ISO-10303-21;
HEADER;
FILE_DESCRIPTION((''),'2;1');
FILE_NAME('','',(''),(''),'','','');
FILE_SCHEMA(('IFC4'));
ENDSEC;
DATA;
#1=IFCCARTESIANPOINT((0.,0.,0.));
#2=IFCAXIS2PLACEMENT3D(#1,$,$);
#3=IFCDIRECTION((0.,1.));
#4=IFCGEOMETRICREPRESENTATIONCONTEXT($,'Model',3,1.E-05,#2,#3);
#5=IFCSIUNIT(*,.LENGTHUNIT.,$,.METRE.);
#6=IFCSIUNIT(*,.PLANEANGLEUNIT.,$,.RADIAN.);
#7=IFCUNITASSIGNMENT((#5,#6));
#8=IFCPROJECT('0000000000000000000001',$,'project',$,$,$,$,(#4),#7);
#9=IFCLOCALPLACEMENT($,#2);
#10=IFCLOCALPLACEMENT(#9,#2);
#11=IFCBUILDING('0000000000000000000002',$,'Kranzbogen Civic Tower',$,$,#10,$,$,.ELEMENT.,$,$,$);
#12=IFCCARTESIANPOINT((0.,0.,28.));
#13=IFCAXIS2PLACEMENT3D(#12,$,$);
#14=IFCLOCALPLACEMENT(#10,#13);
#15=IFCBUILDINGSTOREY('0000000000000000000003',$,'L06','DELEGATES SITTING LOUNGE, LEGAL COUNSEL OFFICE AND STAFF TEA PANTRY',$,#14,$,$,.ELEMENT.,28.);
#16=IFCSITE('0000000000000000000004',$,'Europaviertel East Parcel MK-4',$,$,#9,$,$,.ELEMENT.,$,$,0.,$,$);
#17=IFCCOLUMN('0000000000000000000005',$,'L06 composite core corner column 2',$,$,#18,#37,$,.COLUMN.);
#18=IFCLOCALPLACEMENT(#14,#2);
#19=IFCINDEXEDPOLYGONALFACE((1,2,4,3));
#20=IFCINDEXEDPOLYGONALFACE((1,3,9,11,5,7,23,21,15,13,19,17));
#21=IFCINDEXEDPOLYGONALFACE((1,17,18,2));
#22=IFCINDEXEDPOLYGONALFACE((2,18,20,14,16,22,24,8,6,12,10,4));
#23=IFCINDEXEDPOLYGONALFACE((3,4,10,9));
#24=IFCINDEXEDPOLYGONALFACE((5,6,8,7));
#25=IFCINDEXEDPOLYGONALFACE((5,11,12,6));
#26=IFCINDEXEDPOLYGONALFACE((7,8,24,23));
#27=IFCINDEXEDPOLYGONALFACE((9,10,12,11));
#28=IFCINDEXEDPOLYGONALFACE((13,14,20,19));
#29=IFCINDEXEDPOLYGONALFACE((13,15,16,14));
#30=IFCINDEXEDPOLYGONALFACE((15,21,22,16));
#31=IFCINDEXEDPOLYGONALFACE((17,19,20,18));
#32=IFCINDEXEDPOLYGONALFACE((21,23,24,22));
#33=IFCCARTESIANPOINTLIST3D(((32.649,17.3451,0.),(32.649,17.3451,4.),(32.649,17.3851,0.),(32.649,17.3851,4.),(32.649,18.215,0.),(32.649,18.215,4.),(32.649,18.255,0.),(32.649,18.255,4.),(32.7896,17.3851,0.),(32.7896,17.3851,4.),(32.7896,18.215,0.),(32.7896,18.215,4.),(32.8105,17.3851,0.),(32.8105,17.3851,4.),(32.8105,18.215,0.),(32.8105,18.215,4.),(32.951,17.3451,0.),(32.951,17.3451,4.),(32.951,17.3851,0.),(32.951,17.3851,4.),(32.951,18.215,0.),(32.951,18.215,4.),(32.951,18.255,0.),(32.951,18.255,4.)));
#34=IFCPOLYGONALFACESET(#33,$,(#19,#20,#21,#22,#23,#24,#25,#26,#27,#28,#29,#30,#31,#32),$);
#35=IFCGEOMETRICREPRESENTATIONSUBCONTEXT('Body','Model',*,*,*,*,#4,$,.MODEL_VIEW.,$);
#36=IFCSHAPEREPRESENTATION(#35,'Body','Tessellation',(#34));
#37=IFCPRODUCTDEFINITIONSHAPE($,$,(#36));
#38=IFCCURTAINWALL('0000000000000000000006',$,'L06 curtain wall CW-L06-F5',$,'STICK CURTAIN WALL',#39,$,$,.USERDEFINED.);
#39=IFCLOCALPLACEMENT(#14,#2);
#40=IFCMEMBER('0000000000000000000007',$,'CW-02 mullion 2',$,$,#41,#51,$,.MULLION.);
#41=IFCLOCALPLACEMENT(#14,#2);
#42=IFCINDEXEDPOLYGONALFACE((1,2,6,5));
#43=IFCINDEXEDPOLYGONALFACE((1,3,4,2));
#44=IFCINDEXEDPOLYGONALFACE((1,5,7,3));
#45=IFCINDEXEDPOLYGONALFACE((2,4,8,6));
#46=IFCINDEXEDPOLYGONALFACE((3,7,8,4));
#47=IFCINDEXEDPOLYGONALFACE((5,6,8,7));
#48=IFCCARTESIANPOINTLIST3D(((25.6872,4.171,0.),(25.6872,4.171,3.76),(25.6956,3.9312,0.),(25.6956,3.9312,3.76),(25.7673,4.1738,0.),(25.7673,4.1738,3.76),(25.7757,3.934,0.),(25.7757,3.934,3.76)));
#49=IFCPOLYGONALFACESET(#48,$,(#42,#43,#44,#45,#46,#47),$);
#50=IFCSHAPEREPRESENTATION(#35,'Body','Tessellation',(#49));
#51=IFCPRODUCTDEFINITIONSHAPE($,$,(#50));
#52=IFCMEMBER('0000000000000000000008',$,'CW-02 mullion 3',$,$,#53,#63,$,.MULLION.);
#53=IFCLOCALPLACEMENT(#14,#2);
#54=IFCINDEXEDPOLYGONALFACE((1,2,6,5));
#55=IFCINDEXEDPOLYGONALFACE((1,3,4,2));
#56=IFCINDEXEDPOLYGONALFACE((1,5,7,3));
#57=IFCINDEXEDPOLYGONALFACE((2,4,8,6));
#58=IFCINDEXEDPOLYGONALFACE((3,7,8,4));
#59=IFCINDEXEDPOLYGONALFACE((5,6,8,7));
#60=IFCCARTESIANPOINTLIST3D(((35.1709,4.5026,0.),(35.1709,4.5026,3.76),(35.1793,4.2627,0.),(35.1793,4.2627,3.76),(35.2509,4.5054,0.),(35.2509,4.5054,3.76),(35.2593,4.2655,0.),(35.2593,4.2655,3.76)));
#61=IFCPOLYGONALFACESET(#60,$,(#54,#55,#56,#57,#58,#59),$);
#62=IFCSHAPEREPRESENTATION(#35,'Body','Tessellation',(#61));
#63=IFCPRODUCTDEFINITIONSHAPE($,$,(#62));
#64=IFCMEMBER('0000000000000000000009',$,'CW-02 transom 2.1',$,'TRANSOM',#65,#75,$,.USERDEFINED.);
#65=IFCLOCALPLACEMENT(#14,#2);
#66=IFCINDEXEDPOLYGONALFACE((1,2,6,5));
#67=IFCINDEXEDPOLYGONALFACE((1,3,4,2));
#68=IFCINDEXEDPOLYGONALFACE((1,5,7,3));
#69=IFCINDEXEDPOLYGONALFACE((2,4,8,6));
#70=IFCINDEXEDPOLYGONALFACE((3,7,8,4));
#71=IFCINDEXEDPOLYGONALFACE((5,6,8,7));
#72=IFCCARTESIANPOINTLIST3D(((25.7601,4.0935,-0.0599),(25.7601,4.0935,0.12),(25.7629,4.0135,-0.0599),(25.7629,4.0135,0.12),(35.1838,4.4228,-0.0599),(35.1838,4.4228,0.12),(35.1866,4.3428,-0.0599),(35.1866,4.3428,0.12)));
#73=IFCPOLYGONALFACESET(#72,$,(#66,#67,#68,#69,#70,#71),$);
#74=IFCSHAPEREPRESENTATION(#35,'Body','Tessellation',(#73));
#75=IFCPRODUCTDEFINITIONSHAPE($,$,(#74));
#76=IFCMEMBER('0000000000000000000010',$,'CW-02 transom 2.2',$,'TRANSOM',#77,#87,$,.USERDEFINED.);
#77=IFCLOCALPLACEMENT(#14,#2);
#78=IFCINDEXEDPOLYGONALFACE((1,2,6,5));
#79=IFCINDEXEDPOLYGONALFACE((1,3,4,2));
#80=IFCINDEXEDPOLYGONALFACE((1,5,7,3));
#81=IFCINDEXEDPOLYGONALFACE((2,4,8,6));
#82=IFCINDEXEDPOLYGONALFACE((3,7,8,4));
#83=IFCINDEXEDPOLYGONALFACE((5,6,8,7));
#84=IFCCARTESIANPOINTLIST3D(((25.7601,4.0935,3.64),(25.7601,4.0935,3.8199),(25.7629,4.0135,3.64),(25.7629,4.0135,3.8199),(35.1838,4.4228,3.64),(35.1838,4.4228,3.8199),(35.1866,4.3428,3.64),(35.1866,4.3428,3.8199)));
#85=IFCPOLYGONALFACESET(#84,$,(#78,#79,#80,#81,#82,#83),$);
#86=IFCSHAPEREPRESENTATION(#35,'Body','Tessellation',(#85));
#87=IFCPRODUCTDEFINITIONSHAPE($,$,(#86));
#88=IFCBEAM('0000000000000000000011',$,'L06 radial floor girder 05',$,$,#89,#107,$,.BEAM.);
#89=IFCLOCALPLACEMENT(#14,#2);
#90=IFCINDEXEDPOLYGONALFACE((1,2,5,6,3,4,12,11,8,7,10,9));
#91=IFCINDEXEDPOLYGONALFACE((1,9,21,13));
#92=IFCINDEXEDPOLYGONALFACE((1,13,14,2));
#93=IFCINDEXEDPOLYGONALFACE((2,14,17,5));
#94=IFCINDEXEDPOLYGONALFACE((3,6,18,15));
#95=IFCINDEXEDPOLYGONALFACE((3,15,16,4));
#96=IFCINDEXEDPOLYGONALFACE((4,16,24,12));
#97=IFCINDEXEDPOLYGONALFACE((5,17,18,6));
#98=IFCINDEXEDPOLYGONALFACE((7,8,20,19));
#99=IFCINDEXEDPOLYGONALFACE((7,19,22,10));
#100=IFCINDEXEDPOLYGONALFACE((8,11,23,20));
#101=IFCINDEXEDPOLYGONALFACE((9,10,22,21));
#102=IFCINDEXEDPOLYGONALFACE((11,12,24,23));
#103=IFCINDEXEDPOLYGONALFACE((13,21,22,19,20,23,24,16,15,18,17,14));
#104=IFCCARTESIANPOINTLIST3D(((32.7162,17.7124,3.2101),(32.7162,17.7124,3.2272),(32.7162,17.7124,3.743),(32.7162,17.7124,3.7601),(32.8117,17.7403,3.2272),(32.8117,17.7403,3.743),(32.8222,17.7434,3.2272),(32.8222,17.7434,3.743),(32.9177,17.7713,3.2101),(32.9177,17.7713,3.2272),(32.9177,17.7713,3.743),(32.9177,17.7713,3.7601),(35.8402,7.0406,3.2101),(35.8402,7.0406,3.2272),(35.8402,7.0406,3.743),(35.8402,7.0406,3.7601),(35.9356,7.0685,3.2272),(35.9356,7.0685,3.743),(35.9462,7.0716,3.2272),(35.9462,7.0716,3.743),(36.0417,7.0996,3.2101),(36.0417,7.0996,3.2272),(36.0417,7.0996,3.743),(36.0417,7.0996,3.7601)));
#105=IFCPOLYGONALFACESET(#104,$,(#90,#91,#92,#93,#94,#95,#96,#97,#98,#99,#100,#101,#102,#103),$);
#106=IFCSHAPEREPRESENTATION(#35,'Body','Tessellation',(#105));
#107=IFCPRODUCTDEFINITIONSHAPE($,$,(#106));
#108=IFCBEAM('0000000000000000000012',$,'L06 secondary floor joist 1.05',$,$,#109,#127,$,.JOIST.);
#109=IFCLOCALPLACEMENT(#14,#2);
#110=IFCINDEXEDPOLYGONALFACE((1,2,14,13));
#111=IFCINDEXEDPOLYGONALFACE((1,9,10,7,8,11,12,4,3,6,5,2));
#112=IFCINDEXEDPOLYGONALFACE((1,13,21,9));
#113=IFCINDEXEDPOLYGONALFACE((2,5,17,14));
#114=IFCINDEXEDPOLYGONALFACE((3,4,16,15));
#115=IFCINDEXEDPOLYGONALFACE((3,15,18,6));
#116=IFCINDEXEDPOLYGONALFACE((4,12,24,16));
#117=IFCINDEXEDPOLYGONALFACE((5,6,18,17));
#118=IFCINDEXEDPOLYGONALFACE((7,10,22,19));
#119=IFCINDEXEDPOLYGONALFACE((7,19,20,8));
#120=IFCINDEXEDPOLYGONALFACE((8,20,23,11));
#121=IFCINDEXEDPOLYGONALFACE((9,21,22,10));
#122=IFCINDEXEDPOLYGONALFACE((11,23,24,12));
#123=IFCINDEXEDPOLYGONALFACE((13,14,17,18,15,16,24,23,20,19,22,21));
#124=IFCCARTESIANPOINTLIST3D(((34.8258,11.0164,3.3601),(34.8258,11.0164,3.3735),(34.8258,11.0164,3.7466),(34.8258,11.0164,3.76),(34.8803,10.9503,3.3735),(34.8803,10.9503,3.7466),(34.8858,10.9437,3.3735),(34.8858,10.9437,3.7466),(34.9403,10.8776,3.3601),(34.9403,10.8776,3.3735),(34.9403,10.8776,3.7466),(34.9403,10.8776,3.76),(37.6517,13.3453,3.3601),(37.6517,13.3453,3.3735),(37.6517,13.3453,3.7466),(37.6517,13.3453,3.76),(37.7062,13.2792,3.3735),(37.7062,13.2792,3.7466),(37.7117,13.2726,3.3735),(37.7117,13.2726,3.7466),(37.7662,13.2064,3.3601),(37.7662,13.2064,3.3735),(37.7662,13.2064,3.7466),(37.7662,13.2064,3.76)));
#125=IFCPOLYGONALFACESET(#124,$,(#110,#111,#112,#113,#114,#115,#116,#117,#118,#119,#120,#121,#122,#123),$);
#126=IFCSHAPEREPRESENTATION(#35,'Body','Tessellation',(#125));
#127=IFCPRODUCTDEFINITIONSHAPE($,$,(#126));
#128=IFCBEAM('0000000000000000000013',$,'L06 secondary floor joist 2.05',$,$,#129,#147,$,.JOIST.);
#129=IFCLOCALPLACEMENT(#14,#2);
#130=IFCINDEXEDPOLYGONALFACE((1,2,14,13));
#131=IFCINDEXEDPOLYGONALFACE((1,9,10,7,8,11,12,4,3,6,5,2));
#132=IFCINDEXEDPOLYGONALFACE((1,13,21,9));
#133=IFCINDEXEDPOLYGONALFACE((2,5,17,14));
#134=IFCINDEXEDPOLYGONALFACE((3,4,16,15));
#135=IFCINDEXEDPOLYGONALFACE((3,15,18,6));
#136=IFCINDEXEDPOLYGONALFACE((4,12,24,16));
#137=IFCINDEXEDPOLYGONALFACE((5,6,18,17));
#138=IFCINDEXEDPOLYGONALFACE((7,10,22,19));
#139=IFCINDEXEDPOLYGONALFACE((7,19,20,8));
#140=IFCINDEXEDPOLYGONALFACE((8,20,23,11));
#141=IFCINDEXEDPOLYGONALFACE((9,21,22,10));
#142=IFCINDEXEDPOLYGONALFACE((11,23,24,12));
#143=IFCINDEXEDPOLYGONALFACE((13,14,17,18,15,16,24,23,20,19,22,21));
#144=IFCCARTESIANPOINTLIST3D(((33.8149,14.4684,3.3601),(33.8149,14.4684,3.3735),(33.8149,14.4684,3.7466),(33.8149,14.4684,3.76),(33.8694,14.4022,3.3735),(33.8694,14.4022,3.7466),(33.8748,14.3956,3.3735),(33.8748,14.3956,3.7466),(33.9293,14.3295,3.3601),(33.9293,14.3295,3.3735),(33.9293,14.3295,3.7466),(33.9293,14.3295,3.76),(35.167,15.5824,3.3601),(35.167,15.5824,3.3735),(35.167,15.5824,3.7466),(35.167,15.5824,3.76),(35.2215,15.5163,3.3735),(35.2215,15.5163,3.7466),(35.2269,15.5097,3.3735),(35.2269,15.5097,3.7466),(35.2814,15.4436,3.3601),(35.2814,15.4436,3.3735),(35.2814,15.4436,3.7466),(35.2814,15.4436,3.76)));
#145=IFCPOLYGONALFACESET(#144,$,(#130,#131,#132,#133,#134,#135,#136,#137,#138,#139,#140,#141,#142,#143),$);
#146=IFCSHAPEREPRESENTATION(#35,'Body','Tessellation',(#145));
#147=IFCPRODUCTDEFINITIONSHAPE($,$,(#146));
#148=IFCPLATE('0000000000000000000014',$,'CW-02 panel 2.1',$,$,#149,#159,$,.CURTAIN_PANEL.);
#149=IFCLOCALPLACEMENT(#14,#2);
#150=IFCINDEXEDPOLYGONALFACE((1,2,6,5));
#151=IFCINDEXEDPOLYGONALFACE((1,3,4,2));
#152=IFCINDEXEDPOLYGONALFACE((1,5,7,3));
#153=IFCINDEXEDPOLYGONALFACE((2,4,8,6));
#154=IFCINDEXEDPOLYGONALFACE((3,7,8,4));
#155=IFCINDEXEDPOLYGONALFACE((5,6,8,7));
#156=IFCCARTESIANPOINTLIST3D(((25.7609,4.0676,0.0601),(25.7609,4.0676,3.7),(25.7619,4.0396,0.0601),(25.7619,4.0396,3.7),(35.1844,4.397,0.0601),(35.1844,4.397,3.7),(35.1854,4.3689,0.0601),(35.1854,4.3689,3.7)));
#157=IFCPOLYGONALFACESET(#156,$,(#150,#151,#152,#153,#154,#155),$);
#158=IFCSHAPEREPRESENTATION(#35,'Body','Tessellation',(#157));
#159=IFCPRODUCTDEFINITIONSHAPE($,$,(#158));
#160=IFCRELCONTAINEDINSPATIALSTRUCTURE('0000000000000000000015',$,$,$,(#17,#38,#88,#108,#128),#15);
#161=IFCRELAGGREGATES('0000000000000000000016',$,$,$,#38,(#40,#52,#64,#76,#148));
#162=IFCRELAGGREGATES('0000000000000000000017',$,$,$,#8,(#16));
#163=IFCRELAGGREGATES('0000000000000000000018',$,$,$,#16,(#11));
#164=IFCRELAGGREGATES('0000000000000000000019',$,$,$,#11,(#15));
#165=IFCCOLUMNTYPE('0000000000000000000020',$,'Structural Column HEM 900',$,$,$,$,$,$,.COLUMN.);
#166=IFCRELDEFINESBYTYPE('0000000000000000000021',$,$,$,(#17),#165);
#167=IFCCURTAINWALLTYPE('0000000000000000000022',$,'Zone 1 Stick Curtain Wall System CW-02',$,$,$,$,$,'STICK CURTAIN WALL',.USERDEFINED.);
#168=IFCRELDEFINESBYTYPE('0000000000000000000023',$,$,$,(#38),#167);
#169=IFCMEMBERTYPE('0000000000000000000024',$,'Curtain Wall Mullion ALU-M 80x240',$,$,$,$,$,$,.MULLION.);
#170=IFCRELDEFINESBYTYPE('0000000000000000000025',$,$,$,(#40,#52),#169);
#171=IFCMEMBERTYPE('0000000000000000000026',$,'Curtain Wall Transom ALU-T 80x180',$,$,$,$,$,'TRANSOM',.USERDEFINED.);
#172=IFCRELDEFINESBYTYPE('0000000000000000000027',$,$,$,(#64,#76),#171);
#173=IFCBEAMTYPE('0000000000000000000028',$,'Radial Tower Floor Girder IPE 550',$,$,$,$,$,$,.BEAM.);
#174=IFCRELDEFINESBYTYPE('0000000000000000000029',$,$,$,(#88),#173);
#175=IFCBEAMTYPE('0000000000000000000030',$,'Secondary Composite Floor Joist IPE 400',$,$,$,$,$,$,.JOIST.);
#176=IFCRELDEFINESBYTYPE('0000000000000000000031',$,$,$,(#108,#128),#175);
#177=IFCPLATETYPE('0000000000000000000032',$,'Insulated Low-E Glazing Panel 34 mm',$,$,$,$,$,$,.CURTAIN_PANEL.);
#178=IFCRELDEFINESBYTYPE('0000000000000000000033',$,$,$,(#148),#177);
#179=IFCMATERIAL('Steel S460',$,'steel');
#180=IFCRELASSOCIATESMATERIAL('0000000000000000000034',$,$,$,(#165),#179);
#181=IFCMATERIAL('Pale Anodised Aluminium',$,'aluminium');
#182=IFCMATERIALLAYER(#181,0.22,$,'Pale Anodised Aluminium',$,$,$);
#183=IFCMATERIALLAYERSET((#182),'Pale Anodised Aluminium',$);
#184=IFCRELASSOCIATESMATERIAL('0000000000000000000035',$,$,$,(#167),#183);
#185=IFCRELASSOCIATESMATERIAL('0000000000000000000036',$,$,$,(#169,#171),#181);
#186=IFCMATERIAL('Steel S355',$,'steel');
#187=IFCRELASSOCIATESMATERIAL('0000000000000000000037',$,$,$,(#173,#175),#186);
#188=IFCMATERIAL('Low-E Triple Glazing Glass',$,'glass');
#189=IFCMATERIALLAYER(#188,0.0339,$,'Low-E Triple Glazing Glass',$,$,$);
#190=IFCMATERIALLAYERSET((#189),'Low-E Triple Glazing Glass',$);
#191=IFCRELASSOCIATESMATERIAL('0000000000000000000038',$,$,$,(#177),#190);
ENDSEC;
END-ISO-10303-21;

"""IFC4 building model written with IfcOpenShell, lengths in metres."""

from ifc_helpers import new_model, si_unit, direction, frame, origin, origin_2d, place, context, subcontext, project, spatial, rectangle, i_section, extrude, material, layer, layer_set, material_profile, profile_set, type_object, element, aggregate, save


model = new_model("IFC4")

# Units and contexts
model_context = context("Model", 3, precision=1e-05, world=origin(), true_north=direction((0.0, 1.0)))
body_context = subcontext(model_context, "Body", "Model", "MODEL_VIEW")
ifc_project = project(units=[si_unit("LENGTHUNIT", "METRE"), si_unit("PLANEANGLEUNIT", "RADIAN")], contexts=[model_context])

# Site, building, storey
site_placement = place(None, origin())
site = spatial("IfcSite", under=ifc_project, at=site_placement, Name="Europaviertel East Parcel MK-4", CompositionType="ELEMENT", RefElevation=0.0)
building_placement = place(site_placement, origin())
building = spatial("IfcBuilding", under=site, at=building_placement, Name="Kranzbogen Civic Tower", CompositionType="ELEMENT")
storey_placement = place(building_placement, frame((0.0, 0.0, 28.0)))
storey = spatial("IfcBuildingStorey", under=building, at=storey_placement, Name="L06", Description="DELEGATES SITTING LOUNGE, LEGAL COUNSEL OFFICE AND STAFF TEA PANTRY", CompositionType="ELEMENT", Elevation=28.0)

# Column
ifc_material_1 = material(Name="Steel S460", Category="steel")
ifc_material_profile_1 = material_profile(ifc_material_1, i_section(OverallWidth=0.302, OverallDepth=0.9099, WebThickness=0.021, FlangeThickness=0.04, at=origin_2d()), Name="HEM 900")
ifc_profile_set_1 = profile_set([ifc_material_profile_1], Name="Steel S460")
column_type = type_object("IfcColumnType", Name="Structural Column HEM 900", PredefinedType="COLUMN", material=ifc_profile_set_1)
column_placement = place(storey_placement, frame((32.8, 17.8, 0.0), z_axis=(0.0, 0.0, 1.0), x_axis=(1.0, 0.0, 0.0)))
element("IfcColumn", 1, at=column_placement, inside=storey, type_object=column_type, Name="L06 composite core corner column 2", PredefinedType="COLUMN", context=body_context, shape_type="SweptSolid", body=[
    extrude(i_section(OverallWidth=0.302, OverallDepth=0.9099, WebThickness=0.021, FlangeThickness=0.04, at=origin_2d()), origin(), (0.0, 0.0, 1.0), 4.0),
])

# Curtain wall, members
ifc_material_2 = material(Name="Pale Anodised Aluminium", Category="aluminium")
ifc_layer_1 = layer(ifc_material_2, 0.22, Name="Pale Anodised Aluminium")
ifc_layer_set_1 = layer_set([ifc_layer_1], Name="Pale Anodised Aluminium")
curtain_wall_type = type_object("IfcCurtainWallType", Name="Zone 1 Stick Curtain Wall System CW-02", ElementType="STICK CURTAIN WALL", PredefinedType="USERDEFINED", material=ifc_layer_set_1)
curtain_wall_placement = place(storey_placement, origin())
curtain_wall = element("IfcCurtainWall", 2, at=curtain_wall_placement, inside=storey, type_object=curtain_wall_type, Name="L06 curtain wall CW-L06-F5", ObjectType="STICK CURTAIN WALL", PredefinedType="USERDEFINED")
ifc_material_profile_2 = material_profile(ifc_material_2, rectangle(XDim=0.0801, YDim=0.24, at=origin_2d()), Name="ALU-M 80x240")
ifc_profile_set_2 = profile_set([ifc_material_profile_2], Name="Pale Anodised Aluminium")
member_type_1 = type_object("IfcMemberType", Name="Curtain Wall Mullion ALU-M 80x240", PredefinedType="MULLION", material=ifc_profile_set_2)
member_1_placement = place(storey_placement, frame((25.7314, 4.0525, 0.0), z_axis=(0.0, 0.0, 1.0), x_axis=(0.99939, 0.034929, 0.0)))
member_1 = element("IfcMember", 3, at=member_1_placement, type_object=member_type_1, Name="CW-02 mullion 2", PredefinedType="MULLION", context=body_context, shape_type="SweptSolid", body=[
    extrude(rectangle(XDim=0.0801, YDim=0.24, at=origin_2d()), origin(), (0.0, 0.0, 1.0), 3.76),
])
member_2_placement = place(storey_placement, frame((35.2151, 4.384, 0.0), z_axis=(0.0, 0.0, 1.0), x_axis=(0.99939, 0.034929, 0.0)))
member_2 = element("IfcMember", 4, at=member_2_placement, type_object=member_type_1, Name="CW-02 mullion 3", PredefinedType="MULLION", context=body_context, shape_type="SweptSolid", body=[
    extrude(rectangle(XDim=0.0801, YDim=0.24, at=origin_2d()), origin(), (0.0, 0.0, 1.0), 3.76),
])
ifc_material_profile_3 = material_profile(ifc_material_2, rectangle(XDim=0.0801, YDim=0.1799, at=origin_2d()), Name="ALU-T 80x180")
ifc_profile_set_3 = profile_set([ifc_material_profile_3], Name="Pale Anodised Aluminium")
member_type_2 = type_object("IfcMemberType", Name="Curtain Wall Transom ALU-T 80x180", ElementType="TRANSOM", PredefinedType="USERDEFINED", material=ifc_profile_set_3)
member_3_placement = place(storey_placement, frame((25.7615, 4.0535, 0.03), z_axis=(0.99939, 0.034928, 0.0), x_axis=(-0.034928, 0.99939, 0.0)))
member_3 = element("IfcMember", 5, at=member_3_placement, type_object=member_type_2, Name="CW-02 transom 2.1", ObjectType="TRANSOM", PredefinedType="USERDEFINED", context=body_context, shape_type="SweptSolid", body=[
    extrude(rectangle(XDim=0.0801, YDim=0.1799, at=origin_2d()), origin(), (0.0, 0.0, 1.0), 9.4294),
])
member_4_placement = place(storey_placement, frame((25.7615, 4.0535, 3.73), z_axis=(0.99939, 0.034928, 0.0), x_axis=(-0.034928, 0.99939, 0.0)))
member_4 = element("IfcMember", 6, at=member_4_placement, type_object=member_type_2, Name="CW-02 transom 2.2", ObjectType="TRANSOM", PredefinedType="USERDEFINED", context=body_context, shape_type="SweptSolid", body=[
    extrude(rectangle(XDim=0.0801, YDim=0.1799, at=origin_2d()), origin(), (0.0, 0.0, 1.0), 9.4294),
])

# Beams
ifc_material_3 = material(Name="Steel S355", Category="steel")
ifc_material_profile_4 = material_profile(ifc_material_3, i_section(OverallWidth=0.21, OverallDepth=0.55, WebThickness=0.011, FlangeThickness=0.0171, at=origin_2d()), Name="IPE 550")
ifc_profile_set_4 = profile_set([ifc_material_profile_4], Name="Steel S355")
beam_type_1 = type_object("IfcBeamType", Name="Radial Tower Floor Girder IPE 550", PredefinedType="BEAM", material=ifc_profile_set_4)
beam_1_placement = place(storey_placement, frame((35.9409, 7.0701, 3.4851), z_axis=(-0.280944, 0.959724, 0.0), x_axis=(-0.959724, -0.280944, 0.0)))
element("IfcBeam", 7, at=beam_1_placement, inside=storey, type_object=beam_type_1, Name="L06 radial floor girder 05", PredefinedType="BEAM", context=body_context, shape_type="SweptSolid", body=[
    extrude(i_section(OverallWidth=0.21, OverallDepth=0.55, WebThickness=0.011, FlangeThickness=0.0171, at=origin_2d()), origin(), (0.0, 0.0, 1.0), 11.1196),
])
ifc_material_profile_5 = material_profile(ifc_material_3, i_section(OverallWidth=0.1799, OverallDepth=0.3999, WebThickness=0.0085, FlangeThickness=0.0134, at=origin_2d()), Name="IPE 400")
ifc_profile_set_5 = profile_set([ifc_material_profile_5], Name="Steel S355")
beam_type_2 = type_object("IfcBeamType", Name="Secondary Composite Floor Joist IPE 400", PredefinedType="JOIST", material=ifc_profile_set_5)
beam_2_placement = place(storey_placement, frame((34.8831, 10.947, 3.5601), z_axis=(0.771713, 0.635971, 0.0), x_axis=(-0.635971, 0.771713, 0.0)))
element("IfcBeam", 8, at=beam_2_placement, inside=storey, type_object=beam_type_2, Name="L06 secondary floor joist 1.05", PredefinedType="JOIST", context=body_context, shape_type="SweptSolid", body=[
    extrude(i_section(OverallWidth=0.1799, OverallDepth=0.3999, WebThickness=0.0085, FlangeThickness=0.0134, at=origin_2d()), origin(), (0.0, 0.0, 1.0), 3.6619),
])
beam_3_placement = place(storey_placement, frame((33.8721, 14.3989, 3.5601), z_axis=(0.771773, 0.635898, 0.0), x_axis=(-0.635898, 0.771773, 0.0)))
element("IfcBeam", 9, at=beam_3_placement, inside=storey, type_object=beam_type_2, Name="L06 secondary floor joist 2.05", PredefinedType="JOIST", context=body_context, shape_type="SweptSolid", body=[
    extrude(i_section(OverallWidth=0.1799, OverallDepth=0.3999, WebThickness=0.0085, FlangeThickness=0.0134, at=origin_2d()), origin(), (0.0, 0.0, 1.0), 1.752),
])

# Plate
ifc_material_4 = material(Name="Low-E Triple Glazing Glass", Category="glass")
ifc_layer_2 = layer(ifc_material_4, 0.0339, Name="Low-E Triple Glazing Glass")
ifc_layer_set_2 = layer_set([ifc_layer_2], Name="Low-E Triple Glazing Glass")
plate_type = type_object("IfcPlateType", Name="Insulated Low-E Glazing Panel 34 mm", PredefinedType="CURTAIN_PANEL", material=ifc_layer_set_2)
plate_placement = place(storey_placement, frame((30.4731, 4.2183, 0.0601), z_axis=(0.0, 0.0, 1.0), x_axis=(0.99939, 0.034929, 0.0)))
plate = element("IfcPlate", 10, at=plate_placement, type_object=plate_type, Name="CW-02 panel 2.1", PredefinedType="CURTAIN_PANEL", context=body_context, shape_type="SweptSolid", body=[
    extrude(rectangle(XDim=9.4292, YDim=0.0281, at=origin_2d()), origin(), (0.0, 0.0, 1.0), 3.6399),
])
aggregate(curtain_wall, [member_1, member_2, member_3, member_4, plate])

save(model, "model.ifc")
